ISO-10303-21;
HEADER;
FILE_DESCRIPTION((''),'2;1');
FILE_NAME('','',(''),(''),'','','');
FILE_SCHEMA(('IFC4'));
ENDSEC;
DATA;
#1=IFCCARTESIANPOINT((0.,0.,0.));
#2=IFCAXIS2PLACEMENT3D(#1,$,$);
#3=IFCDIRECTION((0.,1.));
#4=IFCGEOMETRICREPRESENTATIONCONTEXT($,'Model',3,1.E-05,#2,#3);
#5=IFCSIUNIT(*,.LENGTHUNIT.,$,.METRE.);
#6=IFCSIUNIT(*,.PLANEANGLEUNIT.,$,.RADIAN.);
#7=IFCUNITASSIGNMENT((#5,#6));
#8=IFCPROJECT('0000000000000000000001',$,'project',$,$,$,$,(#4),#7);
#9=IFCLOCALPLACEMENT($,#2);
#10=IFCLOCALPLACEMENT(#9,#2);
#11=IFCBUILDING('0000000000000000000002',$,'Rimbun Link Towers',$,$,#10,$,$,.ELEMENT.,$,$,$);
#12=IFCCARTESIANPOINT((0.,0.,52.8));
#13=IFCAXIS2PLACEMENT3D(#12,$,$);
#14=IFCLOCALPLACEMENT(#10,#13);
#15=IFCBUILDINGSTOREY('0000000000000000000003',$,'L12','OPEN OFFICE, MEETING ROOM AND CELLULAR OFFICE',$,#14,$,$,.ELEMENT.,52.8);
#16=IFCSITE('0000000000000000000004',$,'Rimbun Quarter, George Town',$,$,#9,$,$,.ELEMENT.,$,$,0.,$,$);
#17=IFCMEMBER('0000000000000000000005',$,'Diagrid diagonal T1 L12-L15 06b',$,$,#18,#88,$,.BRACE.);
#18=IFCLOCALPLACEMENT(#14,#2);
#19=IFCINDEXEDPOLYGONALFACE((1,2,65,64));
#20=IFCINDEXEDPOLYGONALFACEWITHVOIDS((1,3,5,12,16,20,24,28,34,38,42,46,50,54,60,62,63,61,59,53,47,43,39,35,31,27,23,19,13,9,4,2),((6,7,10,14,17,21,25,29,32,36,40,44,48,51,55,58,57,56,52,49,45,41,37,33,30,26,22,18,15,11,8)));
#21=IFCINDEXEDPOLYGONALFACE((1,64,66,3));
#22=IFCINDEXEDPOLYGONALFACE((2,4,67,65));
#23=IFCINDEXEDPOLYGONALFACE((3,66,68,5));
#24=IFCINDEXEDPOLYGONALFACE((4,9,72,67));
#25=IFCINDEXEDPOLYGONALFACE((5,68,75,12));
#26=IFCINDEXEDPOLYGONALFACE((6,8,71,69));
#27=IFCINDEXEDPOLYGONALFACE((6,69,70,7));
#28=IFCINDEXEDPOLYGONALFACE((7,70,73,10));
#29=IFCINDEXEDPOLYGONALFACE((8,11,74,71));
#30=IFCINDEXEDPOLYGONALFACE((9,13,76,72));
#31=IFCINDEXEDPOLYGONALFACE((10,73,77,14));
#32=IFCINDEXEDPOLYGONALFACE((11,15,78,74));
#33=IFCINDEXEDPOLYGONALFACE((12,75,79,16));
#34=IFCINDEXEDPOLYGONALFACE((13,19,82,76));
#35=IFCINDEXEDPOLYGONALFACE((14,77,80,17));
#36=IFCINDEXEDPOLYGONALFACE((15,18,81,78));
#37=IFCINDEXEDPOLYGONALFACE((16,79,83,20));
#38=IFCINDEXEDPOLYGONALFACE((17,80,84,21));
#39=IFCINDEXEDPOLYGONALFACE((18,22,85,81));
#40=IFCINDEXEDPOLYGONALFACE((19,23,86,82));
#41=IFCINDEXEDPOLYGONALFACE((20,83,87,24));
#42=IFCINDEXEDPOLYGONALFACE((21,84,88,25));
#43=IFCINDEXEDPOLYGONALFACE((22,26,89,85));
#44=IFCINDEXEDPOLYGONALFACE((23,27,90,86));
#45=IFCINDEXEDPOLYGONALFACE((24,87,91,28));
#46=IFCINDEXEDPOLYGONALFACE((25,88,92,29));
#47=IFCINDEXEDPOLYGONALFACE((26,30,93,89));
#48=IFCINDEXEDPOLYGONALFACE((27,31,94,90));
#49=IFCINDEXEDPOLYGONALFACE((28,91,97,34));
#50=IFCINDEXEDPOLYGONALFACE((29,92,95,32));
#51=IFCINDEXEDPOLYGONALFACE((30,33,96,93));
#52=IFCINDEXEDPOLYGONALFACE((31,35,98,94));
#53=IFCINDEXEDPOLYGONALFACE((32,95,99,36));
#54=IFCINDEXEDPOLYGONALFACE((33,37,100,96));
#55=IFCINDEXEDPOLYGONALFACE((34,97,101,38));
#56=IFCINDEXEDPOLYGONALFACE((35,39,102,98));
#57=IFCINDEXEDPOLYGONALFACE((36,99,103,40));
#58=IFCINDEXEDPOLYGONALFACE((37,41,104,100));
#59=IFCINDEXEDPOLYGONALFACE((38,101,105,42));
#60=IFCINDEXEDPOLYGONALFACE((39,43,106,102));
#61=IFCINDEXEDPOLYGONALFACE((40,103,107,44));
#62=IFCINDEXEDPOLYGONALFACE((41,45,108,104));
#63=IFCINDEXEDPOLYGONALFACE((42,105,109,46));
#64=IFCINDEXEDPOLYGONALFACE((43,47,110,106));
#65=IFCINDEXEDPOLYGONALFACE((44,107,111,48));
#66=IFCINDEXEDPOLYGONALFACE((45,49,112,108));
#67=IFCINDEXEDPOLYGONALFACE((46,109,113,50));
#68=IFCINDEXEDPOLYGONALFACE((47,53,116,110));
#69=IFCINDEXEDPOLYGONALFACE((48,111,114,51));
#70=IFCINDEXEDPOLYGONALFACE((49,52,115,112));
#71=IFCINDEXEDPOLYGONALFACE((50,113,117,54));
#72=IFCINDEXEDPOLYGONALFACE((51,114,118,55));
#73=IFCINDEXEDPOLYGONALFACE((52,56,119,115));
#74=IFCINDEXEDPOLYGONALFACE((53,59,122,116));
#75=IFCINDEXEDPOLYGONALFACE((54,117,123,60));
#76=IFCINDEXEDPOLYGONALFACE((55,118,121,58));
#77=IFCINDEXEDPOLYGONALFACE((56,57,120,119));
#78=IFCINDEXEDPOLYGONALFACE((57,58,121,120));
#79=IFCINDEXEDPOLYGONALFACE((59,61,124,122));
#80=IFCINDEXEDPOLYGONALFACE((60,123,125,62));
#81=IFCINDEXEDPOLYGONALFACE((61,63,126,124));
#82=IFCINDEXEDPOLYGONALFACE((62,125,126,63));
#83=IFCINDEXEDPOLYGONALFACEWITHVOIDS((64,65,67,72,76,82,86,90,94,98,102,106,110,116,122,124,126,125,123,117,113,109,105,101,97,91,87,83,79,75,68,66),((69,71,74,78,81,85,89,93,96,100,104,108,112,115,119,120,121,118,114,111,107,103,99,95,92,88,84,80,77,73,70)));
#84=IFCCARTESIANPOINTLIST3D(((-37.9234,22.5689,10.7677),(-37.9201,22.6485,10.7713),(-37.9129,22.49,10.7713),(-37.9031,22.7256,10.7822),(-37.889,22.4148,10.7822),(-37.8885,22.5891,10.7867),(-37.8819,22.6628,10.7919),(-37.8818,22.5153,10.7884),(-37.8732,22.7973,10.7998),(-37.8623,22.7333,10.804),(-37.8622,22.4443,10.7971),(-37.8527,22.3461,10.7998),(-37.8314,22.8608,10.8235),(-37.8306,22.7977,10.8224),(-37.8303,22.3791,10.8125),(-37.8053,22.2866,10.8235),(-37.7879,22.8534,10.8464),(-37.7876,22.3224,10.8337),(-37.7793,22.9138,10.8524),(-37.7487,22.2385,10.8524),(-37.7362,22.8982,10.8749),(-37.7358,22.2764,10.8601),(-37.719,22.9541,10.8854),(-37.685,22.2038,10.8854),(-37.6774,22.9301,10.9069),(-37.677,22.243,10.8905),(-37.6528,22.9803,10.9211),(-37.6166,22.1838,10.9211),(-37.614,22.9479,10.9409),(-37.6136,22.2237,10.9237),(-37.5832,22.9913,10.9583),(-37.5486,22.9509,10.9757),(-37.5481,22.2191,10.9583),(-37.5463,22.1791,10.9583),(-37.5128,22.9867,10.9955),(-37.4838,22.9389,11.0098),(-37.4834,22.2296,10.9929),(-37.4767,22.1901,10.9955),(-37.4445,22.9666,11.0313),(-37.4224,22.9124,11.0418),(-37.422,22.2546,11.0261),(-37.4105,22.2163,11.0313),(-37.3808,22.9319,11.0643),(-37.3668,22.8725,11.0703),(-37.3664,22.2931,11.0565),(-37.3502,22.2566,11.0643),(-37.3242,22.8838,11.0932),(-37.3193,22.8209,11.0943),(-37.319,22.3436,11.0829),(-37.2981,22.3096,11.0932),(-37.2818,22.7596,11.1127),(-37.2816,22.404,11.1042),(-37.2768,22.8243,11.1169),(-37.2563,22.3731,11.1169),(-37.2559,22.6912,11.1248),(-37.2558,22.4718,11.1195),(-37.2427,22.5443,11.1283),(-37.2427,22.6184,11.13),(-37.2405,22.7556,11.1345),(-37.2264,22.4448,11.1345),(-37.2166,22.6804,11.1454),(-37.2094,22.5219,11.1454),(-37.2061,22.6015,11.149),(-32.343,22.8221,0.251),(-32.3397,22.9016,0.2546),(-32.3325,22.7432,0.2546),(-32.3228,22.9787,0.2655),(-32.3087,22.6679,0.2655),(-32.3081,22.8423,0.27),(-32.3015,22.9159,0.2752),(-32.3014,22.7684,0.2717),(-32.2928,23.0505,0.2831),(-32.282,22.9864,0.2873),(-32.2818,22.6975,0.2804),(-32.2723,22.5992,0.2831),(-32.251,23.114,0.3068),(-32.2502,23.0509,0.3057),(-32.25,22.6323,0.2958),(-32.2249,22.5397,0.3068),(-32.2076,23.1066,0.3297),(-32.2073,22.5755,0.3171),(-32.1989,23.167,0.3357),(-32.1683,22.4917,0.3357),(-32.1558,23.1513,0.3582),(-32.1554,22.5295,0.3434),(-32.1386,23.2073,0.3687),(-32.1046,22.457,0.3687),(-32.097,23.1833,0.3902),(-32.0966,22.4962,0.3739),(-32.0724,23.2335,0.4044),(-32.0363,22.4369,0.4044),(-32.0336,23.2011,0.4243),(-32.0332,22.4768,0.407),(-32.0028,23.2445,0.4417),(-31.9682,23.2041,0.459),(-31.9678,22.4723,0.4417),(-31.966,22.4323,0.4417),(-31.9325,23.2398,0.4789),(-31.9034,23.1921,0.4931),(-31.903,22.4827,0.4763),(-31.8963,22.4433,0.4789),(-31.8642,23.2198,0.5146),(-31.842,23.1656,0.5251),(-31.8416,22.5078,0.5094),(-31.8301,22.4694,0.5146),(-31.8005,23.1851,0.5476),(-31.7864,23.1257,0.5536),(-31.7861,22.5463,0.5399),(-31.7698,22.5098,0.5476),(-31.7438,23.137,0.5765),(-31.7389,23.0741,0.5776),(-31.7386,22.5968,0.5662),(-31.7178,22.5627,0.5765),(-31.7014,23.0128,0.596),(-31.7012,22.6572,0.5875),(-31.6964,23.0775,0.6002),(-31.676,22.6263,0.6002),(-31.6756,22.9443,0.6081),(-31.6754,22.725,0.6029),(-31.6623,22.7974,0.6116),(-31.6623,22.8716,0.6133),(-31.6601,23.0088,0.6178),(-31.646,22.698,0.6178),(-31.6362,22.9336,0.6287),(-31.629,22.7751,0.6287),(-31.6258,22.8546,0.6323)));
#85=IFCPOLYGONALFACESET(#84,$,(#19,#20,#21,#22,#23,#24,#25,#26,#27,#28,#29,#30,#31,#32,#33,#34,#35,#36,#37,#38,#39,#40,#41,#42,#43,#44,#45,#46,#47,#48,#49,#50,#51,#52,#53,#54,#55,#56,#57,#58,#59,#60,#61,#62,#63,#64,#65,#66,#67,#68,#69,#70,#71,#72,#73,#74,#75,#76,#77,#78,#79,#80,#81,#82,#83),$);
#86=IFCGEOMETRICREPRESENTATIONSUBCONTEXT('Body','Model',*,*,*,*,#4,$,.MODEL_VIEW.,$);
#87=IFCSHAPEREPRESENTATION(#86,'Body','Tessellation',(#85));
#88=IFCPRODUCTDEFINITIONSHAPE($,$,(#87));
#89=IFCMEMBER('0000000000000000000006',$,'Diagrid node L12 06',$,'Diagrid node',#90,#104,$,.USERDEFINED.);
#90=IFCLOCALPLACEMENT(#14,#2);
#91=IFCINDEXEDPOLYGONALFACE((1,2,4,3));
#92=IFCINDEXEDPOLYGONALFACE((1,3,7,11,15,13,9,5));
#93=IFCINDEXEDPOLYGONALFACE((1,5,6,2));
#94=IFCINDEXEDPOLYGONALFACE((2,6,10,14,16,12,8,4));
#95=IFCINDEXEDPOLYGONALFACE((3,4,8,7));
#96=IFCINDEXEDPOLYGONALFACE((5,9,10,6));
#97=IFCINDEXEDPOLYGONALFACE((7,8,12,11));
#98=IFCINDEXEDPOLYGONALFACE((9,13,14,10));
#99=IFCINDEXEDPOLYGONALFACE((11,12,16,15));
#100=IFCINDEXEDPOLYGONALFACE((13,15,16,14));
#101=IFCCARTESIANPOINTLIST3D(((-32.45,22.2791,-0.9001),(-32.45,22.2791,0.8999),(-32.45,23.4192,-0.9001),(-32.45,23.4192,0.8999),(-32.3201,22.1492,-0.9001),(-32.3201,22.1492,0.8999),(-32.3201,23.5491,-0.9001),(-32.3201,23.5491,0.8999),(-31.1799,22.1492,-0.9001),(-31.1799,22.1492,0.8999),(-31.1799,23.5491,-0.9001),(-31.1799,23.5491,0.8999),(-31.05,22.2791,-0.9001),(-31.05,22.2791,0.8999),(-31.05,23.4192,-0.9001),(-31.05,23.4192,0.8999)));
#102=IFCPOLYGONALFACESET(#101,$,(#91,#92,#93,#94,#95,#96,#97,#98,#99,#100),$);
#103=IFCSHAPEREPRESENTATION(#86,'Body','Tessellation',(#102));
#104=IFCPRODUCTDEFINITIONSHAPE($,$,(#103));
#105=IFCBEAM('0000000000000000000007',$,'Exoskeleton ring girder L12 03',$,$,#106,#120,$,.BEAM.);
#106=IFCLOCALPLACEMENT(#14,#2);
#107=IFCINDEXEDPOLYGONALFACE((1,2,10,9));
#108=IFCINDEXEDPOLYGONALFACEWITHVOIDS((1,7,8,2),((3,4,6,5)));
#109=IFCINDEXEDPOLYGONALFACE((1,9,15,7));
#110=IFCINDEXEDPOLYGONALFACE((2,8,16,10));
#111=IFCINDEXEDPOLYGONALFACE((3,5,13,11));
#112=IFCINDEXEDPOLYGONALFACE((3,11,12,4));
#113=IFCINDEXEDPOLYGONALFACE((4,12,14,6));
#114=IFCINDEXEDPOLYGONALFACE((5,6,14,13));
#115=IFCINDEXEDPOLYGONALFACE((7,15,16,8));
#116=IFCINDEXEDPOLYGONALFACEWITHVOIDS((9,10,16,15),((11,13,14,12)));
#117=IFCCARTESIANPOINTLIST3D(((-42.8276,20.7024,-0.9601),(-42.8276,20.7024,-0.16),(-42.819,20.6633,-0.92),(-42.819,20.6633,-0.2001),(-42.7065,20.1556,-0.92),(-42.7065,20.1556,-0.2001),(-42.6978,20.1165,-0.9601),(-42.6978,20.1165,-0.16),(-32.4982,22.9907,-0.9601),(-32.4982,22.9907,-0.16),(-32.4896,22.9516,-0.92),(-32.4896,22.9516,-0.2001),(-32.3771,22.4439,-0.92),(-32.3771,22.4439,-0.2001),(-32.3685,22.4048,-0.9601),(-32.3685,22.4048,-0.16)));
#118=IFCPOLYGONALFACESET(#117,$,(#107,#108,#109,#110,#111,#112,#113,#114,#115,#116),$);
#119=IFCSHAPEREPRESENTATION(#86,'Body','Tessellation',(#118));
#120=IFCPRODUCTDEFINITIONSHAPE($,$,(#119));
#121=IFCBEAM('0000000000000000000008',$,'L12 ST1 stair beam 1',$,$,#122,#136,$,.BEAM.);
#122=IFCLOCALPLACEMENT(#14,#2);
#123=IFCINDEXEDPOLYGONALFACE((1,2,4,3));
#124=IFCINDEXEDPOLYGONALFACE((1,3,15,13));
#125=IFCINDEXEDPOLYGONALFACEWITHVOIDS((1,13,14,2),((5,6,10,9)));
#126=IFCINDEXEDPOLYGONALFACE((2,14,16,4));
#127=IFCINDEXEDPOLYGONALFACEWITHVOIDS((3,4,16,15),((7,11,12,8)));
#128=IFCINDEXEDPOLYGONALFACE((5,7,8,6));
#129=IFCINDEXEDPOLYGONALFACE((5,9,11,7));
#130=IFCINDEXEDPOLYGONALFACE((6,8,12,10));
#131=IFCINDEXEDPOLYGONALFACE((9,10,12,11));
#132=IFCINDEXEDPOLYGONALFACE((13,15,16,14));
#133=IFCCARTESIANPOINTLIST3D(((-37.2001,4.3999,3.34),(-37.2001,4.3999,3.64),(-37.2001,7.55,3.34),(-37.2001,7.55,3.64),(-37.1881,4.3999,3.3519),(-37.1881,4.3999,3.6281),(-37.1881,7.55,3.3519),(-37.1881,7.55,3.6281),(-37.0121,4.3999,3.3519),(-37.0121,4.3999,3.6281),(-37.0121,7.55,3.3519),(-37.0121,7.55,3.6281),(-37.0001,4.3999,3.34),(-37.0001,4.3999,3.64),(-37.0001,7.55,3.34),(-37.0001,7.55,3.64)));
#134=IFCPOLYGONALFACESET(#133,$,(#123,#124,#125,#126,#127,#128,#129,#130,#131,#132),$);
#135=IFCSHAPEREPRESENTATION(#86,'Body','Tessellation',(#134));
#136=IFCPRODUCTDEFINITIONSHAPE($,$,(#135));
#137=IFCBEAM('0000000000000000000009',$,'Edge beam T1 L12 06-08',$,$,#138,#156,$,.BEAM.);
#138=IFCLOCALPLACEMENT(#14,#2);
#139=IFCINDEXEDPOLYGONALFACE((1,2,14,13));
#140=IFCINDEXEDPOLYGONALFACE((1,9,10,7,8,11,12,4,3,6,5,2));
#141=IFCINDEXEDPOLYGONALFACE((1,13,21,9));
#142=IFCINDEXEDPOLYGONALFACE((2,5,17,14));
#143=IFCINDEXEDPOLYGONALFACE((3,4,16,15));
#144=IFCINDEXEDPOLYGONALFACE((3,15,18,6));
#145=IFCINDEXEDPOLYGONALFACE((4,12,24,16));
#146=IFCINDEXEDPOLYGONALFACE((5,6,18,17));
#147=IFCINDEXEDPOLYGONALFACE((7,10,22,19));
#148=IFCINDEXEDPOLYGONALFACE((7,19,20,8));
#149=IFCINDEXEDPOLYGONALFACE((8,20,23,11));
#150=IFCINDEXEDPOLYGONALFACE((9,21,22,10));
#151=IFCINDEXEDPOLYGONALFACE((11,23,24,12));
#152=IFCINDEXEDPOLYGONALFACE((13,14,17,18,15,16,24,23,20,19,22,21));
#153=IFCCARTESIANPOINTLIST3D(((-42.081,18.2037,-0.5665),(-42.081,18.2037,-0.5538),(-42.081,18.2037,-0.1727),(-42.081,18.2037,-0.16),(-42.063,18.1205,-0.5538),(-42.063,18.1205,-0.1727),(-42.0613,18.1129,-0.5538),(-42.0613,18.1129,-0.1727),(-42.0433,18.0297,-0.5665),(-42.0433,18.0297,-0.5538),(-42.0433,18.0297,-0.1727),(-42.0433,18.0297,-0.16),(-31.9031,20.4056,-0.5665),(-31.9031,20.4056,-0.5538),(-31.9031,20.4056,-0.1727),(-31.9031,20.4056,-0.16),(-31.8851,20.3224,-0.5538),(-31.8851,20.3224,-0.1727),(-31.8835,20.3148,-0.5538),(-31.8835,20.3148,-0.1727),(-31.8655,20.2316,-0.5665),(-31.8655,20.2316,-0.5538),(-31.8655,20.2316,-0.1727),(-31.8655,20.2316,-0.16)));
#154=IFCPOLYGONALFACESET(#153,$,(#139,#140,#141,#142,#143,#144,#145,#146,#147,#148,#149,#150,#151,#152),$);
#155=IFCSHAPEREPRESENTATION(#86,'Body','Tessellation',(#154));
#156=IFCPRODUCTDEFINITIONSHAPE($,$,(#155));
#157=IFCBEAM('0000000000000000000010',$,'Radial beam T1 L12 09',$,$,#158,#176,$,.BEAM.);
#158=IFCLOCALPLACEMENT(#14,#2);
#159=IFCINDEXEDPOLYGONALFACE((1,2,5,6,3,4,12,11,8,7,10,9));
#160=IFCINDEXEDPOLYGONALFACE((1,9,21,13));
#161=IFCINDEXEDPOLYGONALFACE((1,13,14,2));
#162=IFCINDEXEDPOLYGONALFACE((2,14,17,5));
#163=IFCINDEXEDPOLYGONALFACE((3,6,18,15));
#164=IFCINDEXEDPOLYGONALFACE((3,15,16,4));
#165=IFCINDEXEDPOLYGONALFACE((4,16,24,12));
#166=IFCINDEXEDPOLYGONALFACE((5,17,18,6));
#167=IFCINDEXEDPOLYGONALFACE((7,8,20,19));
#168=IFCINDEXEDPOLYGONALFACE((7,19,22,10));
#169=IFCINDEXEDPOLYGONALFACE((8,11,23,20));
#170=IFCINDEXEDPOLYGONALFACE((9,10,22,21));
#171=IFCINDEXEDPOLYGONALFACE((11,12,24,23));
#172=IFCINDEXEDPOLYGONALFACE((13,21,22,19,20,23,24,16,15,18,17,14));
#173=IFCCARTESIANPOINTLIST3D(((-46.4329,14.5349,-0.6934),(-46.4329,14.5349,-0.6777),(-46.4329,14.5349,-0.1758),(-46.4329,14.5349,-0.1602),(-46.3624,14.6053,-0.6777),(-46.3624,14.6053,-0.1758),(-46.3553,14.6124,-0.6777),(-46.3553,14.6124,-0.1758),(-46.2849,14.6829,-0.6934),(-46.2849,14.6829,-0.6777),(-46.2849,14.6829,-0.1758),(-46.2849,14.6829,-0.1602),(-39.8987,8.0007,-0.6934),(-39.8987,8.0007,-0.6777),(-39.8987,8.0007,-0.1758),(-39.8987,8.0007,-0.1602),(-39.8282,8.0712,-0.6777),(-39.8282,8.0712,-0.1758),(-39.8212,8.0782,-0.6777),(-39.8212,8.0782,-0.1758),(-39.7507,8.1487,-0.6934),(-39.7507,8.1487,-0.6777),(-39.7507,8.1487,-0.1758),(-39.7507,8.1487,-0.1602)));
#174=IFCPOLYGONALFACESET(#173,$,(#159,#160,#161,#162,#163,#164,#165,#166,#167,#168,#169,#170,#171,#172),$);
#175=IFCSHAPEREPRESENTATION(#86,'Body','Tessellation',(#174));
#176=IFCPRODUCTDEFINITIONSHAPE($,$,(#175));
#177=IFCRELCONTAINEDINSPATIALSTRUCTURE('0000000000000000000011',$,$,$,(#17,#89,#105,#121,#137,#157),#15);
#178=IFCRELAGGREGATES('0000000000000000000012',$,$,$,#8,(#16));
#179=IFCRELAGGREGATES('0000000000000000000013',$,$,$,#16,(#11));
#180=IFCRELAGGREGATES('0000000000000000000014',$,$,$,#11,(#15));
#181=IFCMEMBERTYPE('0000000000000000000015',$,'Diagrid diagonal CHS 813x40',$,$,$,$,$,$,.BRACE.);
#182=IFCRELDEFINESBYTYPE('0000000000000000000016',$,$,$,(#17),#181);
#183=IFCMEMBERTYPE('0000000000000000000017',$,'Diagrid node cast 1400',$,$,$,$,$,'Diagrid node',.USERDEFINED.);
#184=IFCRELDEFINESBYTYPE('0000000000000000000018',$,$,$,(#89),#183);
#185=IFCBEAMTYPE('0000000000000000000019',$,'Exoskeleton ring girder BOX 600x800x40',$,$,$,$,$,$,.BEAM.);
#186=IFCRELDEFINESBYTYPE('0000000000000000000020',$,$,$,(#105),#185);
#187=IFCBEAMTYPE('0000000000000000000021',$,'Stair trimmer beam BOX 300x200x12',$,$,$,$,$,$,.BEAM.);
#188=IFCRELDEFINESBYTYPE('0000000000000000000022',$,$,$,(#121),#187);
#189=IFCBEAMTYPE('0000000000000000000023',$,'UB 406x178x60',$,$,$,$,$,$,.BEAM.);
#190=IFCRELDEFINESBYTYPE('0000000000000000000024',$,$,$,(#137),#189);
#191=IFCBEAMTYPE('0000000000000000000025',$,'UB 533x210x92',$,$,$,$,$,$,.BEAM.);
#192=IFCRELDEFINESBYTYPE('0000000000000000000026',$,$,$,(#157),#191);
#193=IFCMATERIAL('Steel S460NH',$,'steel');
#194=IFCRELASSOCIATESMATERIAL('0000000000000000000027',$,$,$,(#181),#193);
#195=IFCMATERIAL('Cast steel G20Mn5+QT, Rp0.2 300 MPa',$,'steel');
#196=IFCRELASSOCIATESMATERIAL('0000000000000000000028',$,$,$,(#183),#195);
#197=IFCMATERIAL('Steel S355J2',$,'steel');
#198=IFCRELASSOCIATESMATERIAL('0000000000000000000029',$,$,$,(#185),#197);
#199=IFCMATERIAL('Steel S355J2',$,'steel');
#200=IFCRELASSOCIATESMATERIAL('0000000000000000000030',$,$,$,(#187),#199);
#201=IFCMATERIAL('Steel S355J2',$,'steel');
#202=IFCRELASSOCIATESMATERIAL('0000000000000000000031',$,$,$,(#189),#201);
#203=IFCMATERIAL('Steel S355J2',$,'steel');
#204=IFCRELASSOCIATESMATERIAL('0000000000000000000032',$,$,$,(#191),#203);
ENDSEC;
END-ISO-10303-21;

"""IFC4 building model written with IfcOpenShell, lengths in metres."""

from ifc_helpers import new_model, si_unit, direction, frame, origin, origin_2d, place, context, subcontext, project, spatial, polyline, hollow_rectangle, hollow_circle, i_section, outline, extrude, material, material_profile, profile_set, type_object, element, save


model = new_model("IFC4")

# Units and contexts
model_context = context("Model", 3, precision=1e-05, world=origin(), true_north=direction((0.0, 1.0)))
body_context = subcontext(model_context, "Body", "Model", "MODEL_VIEW")
ifc_project = project(units=[si_unit("LENGTHUNIT", "METRE"), si_unit("PLANEANGLEUNIT", "RADIAN")], contexts=[model_context])

# Site, building, storey
site_placement = place(None, origin())
site = spatial("IfcSite", under=ifc_project, at=site_placement, Name="Rimbun Quarter, George Town", CompositionType="ELEMENT", RefElevation=0.0)
building_placement = place(site_placement, origin())
building = spatial("IfcBuilding", under=site, at=building_placement, Name="Rimbun Link Towers", CompositionType="ELEMENT")
storey_placement = place(building_placement, frame((0.0, 0.0, 52.8)))
storey = spatial("IfcBuildingStorey", under=building, at=storey_placement, Name="L12", Description="OPEN OFFICE, MEETING ROOM AND CELLULAR OFFICE", CompositionType="ELEMENT", Elevation=52.8)

# Members
ifc_material_1 = material(Name="Steel S460NH", Category="steel")
ifc_material_profile_1 = material_profile(ifc_material_1, hollow_circle(Radius=0.4065, WallThickness=0.04, at=origin_2d()), Name="Diagrid diagonal CHS 813x40")
ifc_profile_set_1 = profile_set([ifc_material_profile_1], Name="Steel S460NH")
member_type_1 = type_object("IfcMemberType", Name="Diagrid diagonal CHS 813x40", PredefinedType="BRACE", material=ifc_profile_set_1)
for number, where, z_axis, x_axis, name in (
    (1, (-31.9844, 22.8384, 0.4417), (-0.468615, -0.021261, 0.883146), (0.045322, -0.998972, 0.0), "Diagrid diagonal T1 L12-L15 06b"),
):
    element("IfcMember", number, at=place(storey_placement, frame(where, z_axis=z_axis, x_axis=x_axis)), inside=storey, type_object=member_type_1, Name=name, PredefinedType="BRACE", context=body_context, shape_type="SweptSolid", body=[
        extrude(hollow_circle(Radius=0.4065, WallThickness=0.04, at=origin_2d()), origin(), (0.0, 0.0, 1.0), 11.9082),
    ])
ifc_material_2 = material(Name="Cast steel G20Mn5+QT, Rp0.2 300 MPa", Category="steel")
ifc_material_profile_2 = material_profile(ifc_material_2, outline(polyline([(0.7, -0.5701), (0.7, 0.5701), (0.5701, 0.7), (-0.5701, 0.7), (-0.7, 0.5701), (-0.7, -0.5701), (-0.5701, -0.7), (0.5701, -0.7), (0.7, -0.5701)])), Name="NODE 1400x1400")
ifc_profile_set_2 = profile_set([ifc_material_profile_2], Name="Cast steel G20Mn5+QT, Rp0.2 300 MPa")
member_type_2 = type_object("IfcMemberType", Name="Diagrid node cast 1400", ElementType="Diagrid node", PredefinedType="USERDEFINED", material=ifc_profile_set_2)
member_1_placement = place(storey_placement, frame((-31.75, 22.8491, -0.9001), z_axis=(0.0, 0.0, 1.0), x_axis=(0.0, 1.0, 0.0)))
element("IfcMember", 2, at=member_1_placement, inside=storey, type_object=member_type_2, Name="Diagrid node L12 06", ObjectType="Diagrid node", PredefinedType="USERDEFINED", context=body_context, shape_type="SweptSolid", body=[
    extrude(outline(polyline([(0.7, -0.5701), (0.7, 0.5701), (0.5701, 0.7), (-0.5701, 0.7), (-0.7, 0.5701), (-0.7, -0.5701), (-0.5701, -0.7), (0.5701, -0.7), (0.7, -0.5701)])), origin(), (0.0, 0.0, 1.0), 1.8),
])

# Beams
ifc_material_3 = material(Name="Steel S355J2", Category="steel")
ifc_material_profile_3 = material_profile(ifc_material_3, hollow_rectangle(XDim=0.6001, YDim=0.8, WallThickness=0.04, at=origin_2d()), Name="Exoskeleton ring girder BOX 600x800x40")
ifc_profile_set_3 = profile_set([ifc_material_profile_3], Name="Steel S355J2")
beam_type_1 = type_object("IfcBeamType", Name="Exoskeleton ring girder BOX 600x800x40", PredefinedType="BEAM", material=ifc_profile_set_3)
beam_1_placement = place(storey_placement, frame((-32.4333, 22.6978, -0.5601), z_axis=(-0.976329, -0.216293, 0.0), x_axis=(0.216293, -0.976329, 0.0)))
element("IfcBeam", 3, at=beam_1_placement, inside=storey, type_object=beam_type_1, Name="Exoskeleton ring girder L12 03", PredefinedType="BEAM", context=body_context, shape_type="SweptSolid", body=[
    extrude(hollow_rectangle(XDim=0.6001, YDim=0.8, WallThickness=0.04, at=origin_2d()), origin(), (0.0, 0.0, 1.0), 10.5798),
])
ifc_material_4 = material(Name="Steel S355J2", Category="steel")
ifc_material_profile_4 = material_profile(ifc_material_4, hollow_rectangle(XDim=0.2, YDim=0.3, WallThickness=0.012, at=origin_2d()), Name="BOX 300x200x12")
ifc_profile_set_4 = profile_set([ifc_material_profile_4], Name="Steel S355J2")
beam_type_2 = type_object("IfcBeamType", Name="Stair trimmer beam BOX 300x200x12", PredefinedType="BEAM", material=ifc_profile_set_4)
beam_2_placement = place(storey_placement, frame((-37.1001, 7.55, 3.49), z_axis=(0.0, -1.0, 0.0), x_axis=(1.0, 0.0, 0.0)))
element("IfcBeam", 4, at=beam_2_placement, inside=storey, type_object=beam_type_2, Name="L12 ST1 stair beam 1", PredefinedType="BEAM", context=body_context, shape_type="SweptSolid", body=[
    extrude(hollow_rectangle(XDim=0.2, YDim=0.3, WallThickness=0.012, at=origin_2d()), origin(), (0.0, 0.0, 1.0), 3.1501),
])
ifc_material_5 = material(Name="Steel S355J2", Category="steel")
ifc_material_profile_5 = material_profile(ifc_material_5, i_section(OverallWidth=0.178, OverallDepth=0.4065, WebThickness=0.0078, FlangeThickness=0.0127, at=origin_2d()), Name="UB 406x178x60")
ifc_profile_set_5 = profile_set([ifc_material_profile_5], Name="Steel S355J2")
beam_type_3 = type_object("IfcBeamType", Name="UB 406x178x60", PredefinedType="BEAM", material=ifc_profile_set_5)
beam_3_placement = place(storey_placement, frame((-31.8843, 20.3186, -0.3633), z_axis=(-0.977389, -0.211448, 0.0), x_axis=(0.211448, -0.977389, 0.0)))
element("IfcBeam", 5, at=beam_3_placement, inside=storey, type_object=beam_type_3, Name="Edge beam T1 L12 06-08", PredefinedType="BEAM", context=body_context, shape_type="SweptSolid", body=[
    extrude(i_section(OverallWidth=0.178, OverallDepth=0.4065, WebThickness=0.0078, FlangeThickness=0.0127, at=origin_2d()), origin(), (0.0, 0.0, 1.0), 10.4133),
])
ifc_material_6 = material(Name="Steel S355J2", Category="steel")
ifc_material_profile_6 = material_profile(ifc_material_6, i_section(OverallWidth=0.2092, OverallDepth=0.5332, WebThickness=0.01, FlangeThickness=0.0156, at=origin_2d()), Name="UB 533x210x92")
ifc_profile_set_6 = profile_set([ifc_material_profile_6], Name="Steel S355J2")
beam_type_4 = type_object("IfcBeamType", Name="UB 533x210x92", PredefinedType="BEAM", material=ifc_profile_set_6)
beam_4_placement = place(storey_placement, frame((-39.8247, 8.0747, -0.4268), z_axis=(-0.707107, 0.707107, 0.0), x_axis=(-0.707107, -0.707107, 0.0)))
element("IfcBeam", 6, at=beam_4_placement, inside=storey, type_object=beam_type_4, Name="Radial beam T1 L12 09", PredefinedType="BEAM", context=body_context, shape_type="SweptSolid", body=[
    extrude(i_section(OverallWidth=0.2092, OverallDepth=0.5332, WebThickness=0.01, FlangeThickness=0.0156, at=origin_2d()), origin(), (0.0, 0.0, 1.0), 9.2407),
])

save(model, "model.ifc")
